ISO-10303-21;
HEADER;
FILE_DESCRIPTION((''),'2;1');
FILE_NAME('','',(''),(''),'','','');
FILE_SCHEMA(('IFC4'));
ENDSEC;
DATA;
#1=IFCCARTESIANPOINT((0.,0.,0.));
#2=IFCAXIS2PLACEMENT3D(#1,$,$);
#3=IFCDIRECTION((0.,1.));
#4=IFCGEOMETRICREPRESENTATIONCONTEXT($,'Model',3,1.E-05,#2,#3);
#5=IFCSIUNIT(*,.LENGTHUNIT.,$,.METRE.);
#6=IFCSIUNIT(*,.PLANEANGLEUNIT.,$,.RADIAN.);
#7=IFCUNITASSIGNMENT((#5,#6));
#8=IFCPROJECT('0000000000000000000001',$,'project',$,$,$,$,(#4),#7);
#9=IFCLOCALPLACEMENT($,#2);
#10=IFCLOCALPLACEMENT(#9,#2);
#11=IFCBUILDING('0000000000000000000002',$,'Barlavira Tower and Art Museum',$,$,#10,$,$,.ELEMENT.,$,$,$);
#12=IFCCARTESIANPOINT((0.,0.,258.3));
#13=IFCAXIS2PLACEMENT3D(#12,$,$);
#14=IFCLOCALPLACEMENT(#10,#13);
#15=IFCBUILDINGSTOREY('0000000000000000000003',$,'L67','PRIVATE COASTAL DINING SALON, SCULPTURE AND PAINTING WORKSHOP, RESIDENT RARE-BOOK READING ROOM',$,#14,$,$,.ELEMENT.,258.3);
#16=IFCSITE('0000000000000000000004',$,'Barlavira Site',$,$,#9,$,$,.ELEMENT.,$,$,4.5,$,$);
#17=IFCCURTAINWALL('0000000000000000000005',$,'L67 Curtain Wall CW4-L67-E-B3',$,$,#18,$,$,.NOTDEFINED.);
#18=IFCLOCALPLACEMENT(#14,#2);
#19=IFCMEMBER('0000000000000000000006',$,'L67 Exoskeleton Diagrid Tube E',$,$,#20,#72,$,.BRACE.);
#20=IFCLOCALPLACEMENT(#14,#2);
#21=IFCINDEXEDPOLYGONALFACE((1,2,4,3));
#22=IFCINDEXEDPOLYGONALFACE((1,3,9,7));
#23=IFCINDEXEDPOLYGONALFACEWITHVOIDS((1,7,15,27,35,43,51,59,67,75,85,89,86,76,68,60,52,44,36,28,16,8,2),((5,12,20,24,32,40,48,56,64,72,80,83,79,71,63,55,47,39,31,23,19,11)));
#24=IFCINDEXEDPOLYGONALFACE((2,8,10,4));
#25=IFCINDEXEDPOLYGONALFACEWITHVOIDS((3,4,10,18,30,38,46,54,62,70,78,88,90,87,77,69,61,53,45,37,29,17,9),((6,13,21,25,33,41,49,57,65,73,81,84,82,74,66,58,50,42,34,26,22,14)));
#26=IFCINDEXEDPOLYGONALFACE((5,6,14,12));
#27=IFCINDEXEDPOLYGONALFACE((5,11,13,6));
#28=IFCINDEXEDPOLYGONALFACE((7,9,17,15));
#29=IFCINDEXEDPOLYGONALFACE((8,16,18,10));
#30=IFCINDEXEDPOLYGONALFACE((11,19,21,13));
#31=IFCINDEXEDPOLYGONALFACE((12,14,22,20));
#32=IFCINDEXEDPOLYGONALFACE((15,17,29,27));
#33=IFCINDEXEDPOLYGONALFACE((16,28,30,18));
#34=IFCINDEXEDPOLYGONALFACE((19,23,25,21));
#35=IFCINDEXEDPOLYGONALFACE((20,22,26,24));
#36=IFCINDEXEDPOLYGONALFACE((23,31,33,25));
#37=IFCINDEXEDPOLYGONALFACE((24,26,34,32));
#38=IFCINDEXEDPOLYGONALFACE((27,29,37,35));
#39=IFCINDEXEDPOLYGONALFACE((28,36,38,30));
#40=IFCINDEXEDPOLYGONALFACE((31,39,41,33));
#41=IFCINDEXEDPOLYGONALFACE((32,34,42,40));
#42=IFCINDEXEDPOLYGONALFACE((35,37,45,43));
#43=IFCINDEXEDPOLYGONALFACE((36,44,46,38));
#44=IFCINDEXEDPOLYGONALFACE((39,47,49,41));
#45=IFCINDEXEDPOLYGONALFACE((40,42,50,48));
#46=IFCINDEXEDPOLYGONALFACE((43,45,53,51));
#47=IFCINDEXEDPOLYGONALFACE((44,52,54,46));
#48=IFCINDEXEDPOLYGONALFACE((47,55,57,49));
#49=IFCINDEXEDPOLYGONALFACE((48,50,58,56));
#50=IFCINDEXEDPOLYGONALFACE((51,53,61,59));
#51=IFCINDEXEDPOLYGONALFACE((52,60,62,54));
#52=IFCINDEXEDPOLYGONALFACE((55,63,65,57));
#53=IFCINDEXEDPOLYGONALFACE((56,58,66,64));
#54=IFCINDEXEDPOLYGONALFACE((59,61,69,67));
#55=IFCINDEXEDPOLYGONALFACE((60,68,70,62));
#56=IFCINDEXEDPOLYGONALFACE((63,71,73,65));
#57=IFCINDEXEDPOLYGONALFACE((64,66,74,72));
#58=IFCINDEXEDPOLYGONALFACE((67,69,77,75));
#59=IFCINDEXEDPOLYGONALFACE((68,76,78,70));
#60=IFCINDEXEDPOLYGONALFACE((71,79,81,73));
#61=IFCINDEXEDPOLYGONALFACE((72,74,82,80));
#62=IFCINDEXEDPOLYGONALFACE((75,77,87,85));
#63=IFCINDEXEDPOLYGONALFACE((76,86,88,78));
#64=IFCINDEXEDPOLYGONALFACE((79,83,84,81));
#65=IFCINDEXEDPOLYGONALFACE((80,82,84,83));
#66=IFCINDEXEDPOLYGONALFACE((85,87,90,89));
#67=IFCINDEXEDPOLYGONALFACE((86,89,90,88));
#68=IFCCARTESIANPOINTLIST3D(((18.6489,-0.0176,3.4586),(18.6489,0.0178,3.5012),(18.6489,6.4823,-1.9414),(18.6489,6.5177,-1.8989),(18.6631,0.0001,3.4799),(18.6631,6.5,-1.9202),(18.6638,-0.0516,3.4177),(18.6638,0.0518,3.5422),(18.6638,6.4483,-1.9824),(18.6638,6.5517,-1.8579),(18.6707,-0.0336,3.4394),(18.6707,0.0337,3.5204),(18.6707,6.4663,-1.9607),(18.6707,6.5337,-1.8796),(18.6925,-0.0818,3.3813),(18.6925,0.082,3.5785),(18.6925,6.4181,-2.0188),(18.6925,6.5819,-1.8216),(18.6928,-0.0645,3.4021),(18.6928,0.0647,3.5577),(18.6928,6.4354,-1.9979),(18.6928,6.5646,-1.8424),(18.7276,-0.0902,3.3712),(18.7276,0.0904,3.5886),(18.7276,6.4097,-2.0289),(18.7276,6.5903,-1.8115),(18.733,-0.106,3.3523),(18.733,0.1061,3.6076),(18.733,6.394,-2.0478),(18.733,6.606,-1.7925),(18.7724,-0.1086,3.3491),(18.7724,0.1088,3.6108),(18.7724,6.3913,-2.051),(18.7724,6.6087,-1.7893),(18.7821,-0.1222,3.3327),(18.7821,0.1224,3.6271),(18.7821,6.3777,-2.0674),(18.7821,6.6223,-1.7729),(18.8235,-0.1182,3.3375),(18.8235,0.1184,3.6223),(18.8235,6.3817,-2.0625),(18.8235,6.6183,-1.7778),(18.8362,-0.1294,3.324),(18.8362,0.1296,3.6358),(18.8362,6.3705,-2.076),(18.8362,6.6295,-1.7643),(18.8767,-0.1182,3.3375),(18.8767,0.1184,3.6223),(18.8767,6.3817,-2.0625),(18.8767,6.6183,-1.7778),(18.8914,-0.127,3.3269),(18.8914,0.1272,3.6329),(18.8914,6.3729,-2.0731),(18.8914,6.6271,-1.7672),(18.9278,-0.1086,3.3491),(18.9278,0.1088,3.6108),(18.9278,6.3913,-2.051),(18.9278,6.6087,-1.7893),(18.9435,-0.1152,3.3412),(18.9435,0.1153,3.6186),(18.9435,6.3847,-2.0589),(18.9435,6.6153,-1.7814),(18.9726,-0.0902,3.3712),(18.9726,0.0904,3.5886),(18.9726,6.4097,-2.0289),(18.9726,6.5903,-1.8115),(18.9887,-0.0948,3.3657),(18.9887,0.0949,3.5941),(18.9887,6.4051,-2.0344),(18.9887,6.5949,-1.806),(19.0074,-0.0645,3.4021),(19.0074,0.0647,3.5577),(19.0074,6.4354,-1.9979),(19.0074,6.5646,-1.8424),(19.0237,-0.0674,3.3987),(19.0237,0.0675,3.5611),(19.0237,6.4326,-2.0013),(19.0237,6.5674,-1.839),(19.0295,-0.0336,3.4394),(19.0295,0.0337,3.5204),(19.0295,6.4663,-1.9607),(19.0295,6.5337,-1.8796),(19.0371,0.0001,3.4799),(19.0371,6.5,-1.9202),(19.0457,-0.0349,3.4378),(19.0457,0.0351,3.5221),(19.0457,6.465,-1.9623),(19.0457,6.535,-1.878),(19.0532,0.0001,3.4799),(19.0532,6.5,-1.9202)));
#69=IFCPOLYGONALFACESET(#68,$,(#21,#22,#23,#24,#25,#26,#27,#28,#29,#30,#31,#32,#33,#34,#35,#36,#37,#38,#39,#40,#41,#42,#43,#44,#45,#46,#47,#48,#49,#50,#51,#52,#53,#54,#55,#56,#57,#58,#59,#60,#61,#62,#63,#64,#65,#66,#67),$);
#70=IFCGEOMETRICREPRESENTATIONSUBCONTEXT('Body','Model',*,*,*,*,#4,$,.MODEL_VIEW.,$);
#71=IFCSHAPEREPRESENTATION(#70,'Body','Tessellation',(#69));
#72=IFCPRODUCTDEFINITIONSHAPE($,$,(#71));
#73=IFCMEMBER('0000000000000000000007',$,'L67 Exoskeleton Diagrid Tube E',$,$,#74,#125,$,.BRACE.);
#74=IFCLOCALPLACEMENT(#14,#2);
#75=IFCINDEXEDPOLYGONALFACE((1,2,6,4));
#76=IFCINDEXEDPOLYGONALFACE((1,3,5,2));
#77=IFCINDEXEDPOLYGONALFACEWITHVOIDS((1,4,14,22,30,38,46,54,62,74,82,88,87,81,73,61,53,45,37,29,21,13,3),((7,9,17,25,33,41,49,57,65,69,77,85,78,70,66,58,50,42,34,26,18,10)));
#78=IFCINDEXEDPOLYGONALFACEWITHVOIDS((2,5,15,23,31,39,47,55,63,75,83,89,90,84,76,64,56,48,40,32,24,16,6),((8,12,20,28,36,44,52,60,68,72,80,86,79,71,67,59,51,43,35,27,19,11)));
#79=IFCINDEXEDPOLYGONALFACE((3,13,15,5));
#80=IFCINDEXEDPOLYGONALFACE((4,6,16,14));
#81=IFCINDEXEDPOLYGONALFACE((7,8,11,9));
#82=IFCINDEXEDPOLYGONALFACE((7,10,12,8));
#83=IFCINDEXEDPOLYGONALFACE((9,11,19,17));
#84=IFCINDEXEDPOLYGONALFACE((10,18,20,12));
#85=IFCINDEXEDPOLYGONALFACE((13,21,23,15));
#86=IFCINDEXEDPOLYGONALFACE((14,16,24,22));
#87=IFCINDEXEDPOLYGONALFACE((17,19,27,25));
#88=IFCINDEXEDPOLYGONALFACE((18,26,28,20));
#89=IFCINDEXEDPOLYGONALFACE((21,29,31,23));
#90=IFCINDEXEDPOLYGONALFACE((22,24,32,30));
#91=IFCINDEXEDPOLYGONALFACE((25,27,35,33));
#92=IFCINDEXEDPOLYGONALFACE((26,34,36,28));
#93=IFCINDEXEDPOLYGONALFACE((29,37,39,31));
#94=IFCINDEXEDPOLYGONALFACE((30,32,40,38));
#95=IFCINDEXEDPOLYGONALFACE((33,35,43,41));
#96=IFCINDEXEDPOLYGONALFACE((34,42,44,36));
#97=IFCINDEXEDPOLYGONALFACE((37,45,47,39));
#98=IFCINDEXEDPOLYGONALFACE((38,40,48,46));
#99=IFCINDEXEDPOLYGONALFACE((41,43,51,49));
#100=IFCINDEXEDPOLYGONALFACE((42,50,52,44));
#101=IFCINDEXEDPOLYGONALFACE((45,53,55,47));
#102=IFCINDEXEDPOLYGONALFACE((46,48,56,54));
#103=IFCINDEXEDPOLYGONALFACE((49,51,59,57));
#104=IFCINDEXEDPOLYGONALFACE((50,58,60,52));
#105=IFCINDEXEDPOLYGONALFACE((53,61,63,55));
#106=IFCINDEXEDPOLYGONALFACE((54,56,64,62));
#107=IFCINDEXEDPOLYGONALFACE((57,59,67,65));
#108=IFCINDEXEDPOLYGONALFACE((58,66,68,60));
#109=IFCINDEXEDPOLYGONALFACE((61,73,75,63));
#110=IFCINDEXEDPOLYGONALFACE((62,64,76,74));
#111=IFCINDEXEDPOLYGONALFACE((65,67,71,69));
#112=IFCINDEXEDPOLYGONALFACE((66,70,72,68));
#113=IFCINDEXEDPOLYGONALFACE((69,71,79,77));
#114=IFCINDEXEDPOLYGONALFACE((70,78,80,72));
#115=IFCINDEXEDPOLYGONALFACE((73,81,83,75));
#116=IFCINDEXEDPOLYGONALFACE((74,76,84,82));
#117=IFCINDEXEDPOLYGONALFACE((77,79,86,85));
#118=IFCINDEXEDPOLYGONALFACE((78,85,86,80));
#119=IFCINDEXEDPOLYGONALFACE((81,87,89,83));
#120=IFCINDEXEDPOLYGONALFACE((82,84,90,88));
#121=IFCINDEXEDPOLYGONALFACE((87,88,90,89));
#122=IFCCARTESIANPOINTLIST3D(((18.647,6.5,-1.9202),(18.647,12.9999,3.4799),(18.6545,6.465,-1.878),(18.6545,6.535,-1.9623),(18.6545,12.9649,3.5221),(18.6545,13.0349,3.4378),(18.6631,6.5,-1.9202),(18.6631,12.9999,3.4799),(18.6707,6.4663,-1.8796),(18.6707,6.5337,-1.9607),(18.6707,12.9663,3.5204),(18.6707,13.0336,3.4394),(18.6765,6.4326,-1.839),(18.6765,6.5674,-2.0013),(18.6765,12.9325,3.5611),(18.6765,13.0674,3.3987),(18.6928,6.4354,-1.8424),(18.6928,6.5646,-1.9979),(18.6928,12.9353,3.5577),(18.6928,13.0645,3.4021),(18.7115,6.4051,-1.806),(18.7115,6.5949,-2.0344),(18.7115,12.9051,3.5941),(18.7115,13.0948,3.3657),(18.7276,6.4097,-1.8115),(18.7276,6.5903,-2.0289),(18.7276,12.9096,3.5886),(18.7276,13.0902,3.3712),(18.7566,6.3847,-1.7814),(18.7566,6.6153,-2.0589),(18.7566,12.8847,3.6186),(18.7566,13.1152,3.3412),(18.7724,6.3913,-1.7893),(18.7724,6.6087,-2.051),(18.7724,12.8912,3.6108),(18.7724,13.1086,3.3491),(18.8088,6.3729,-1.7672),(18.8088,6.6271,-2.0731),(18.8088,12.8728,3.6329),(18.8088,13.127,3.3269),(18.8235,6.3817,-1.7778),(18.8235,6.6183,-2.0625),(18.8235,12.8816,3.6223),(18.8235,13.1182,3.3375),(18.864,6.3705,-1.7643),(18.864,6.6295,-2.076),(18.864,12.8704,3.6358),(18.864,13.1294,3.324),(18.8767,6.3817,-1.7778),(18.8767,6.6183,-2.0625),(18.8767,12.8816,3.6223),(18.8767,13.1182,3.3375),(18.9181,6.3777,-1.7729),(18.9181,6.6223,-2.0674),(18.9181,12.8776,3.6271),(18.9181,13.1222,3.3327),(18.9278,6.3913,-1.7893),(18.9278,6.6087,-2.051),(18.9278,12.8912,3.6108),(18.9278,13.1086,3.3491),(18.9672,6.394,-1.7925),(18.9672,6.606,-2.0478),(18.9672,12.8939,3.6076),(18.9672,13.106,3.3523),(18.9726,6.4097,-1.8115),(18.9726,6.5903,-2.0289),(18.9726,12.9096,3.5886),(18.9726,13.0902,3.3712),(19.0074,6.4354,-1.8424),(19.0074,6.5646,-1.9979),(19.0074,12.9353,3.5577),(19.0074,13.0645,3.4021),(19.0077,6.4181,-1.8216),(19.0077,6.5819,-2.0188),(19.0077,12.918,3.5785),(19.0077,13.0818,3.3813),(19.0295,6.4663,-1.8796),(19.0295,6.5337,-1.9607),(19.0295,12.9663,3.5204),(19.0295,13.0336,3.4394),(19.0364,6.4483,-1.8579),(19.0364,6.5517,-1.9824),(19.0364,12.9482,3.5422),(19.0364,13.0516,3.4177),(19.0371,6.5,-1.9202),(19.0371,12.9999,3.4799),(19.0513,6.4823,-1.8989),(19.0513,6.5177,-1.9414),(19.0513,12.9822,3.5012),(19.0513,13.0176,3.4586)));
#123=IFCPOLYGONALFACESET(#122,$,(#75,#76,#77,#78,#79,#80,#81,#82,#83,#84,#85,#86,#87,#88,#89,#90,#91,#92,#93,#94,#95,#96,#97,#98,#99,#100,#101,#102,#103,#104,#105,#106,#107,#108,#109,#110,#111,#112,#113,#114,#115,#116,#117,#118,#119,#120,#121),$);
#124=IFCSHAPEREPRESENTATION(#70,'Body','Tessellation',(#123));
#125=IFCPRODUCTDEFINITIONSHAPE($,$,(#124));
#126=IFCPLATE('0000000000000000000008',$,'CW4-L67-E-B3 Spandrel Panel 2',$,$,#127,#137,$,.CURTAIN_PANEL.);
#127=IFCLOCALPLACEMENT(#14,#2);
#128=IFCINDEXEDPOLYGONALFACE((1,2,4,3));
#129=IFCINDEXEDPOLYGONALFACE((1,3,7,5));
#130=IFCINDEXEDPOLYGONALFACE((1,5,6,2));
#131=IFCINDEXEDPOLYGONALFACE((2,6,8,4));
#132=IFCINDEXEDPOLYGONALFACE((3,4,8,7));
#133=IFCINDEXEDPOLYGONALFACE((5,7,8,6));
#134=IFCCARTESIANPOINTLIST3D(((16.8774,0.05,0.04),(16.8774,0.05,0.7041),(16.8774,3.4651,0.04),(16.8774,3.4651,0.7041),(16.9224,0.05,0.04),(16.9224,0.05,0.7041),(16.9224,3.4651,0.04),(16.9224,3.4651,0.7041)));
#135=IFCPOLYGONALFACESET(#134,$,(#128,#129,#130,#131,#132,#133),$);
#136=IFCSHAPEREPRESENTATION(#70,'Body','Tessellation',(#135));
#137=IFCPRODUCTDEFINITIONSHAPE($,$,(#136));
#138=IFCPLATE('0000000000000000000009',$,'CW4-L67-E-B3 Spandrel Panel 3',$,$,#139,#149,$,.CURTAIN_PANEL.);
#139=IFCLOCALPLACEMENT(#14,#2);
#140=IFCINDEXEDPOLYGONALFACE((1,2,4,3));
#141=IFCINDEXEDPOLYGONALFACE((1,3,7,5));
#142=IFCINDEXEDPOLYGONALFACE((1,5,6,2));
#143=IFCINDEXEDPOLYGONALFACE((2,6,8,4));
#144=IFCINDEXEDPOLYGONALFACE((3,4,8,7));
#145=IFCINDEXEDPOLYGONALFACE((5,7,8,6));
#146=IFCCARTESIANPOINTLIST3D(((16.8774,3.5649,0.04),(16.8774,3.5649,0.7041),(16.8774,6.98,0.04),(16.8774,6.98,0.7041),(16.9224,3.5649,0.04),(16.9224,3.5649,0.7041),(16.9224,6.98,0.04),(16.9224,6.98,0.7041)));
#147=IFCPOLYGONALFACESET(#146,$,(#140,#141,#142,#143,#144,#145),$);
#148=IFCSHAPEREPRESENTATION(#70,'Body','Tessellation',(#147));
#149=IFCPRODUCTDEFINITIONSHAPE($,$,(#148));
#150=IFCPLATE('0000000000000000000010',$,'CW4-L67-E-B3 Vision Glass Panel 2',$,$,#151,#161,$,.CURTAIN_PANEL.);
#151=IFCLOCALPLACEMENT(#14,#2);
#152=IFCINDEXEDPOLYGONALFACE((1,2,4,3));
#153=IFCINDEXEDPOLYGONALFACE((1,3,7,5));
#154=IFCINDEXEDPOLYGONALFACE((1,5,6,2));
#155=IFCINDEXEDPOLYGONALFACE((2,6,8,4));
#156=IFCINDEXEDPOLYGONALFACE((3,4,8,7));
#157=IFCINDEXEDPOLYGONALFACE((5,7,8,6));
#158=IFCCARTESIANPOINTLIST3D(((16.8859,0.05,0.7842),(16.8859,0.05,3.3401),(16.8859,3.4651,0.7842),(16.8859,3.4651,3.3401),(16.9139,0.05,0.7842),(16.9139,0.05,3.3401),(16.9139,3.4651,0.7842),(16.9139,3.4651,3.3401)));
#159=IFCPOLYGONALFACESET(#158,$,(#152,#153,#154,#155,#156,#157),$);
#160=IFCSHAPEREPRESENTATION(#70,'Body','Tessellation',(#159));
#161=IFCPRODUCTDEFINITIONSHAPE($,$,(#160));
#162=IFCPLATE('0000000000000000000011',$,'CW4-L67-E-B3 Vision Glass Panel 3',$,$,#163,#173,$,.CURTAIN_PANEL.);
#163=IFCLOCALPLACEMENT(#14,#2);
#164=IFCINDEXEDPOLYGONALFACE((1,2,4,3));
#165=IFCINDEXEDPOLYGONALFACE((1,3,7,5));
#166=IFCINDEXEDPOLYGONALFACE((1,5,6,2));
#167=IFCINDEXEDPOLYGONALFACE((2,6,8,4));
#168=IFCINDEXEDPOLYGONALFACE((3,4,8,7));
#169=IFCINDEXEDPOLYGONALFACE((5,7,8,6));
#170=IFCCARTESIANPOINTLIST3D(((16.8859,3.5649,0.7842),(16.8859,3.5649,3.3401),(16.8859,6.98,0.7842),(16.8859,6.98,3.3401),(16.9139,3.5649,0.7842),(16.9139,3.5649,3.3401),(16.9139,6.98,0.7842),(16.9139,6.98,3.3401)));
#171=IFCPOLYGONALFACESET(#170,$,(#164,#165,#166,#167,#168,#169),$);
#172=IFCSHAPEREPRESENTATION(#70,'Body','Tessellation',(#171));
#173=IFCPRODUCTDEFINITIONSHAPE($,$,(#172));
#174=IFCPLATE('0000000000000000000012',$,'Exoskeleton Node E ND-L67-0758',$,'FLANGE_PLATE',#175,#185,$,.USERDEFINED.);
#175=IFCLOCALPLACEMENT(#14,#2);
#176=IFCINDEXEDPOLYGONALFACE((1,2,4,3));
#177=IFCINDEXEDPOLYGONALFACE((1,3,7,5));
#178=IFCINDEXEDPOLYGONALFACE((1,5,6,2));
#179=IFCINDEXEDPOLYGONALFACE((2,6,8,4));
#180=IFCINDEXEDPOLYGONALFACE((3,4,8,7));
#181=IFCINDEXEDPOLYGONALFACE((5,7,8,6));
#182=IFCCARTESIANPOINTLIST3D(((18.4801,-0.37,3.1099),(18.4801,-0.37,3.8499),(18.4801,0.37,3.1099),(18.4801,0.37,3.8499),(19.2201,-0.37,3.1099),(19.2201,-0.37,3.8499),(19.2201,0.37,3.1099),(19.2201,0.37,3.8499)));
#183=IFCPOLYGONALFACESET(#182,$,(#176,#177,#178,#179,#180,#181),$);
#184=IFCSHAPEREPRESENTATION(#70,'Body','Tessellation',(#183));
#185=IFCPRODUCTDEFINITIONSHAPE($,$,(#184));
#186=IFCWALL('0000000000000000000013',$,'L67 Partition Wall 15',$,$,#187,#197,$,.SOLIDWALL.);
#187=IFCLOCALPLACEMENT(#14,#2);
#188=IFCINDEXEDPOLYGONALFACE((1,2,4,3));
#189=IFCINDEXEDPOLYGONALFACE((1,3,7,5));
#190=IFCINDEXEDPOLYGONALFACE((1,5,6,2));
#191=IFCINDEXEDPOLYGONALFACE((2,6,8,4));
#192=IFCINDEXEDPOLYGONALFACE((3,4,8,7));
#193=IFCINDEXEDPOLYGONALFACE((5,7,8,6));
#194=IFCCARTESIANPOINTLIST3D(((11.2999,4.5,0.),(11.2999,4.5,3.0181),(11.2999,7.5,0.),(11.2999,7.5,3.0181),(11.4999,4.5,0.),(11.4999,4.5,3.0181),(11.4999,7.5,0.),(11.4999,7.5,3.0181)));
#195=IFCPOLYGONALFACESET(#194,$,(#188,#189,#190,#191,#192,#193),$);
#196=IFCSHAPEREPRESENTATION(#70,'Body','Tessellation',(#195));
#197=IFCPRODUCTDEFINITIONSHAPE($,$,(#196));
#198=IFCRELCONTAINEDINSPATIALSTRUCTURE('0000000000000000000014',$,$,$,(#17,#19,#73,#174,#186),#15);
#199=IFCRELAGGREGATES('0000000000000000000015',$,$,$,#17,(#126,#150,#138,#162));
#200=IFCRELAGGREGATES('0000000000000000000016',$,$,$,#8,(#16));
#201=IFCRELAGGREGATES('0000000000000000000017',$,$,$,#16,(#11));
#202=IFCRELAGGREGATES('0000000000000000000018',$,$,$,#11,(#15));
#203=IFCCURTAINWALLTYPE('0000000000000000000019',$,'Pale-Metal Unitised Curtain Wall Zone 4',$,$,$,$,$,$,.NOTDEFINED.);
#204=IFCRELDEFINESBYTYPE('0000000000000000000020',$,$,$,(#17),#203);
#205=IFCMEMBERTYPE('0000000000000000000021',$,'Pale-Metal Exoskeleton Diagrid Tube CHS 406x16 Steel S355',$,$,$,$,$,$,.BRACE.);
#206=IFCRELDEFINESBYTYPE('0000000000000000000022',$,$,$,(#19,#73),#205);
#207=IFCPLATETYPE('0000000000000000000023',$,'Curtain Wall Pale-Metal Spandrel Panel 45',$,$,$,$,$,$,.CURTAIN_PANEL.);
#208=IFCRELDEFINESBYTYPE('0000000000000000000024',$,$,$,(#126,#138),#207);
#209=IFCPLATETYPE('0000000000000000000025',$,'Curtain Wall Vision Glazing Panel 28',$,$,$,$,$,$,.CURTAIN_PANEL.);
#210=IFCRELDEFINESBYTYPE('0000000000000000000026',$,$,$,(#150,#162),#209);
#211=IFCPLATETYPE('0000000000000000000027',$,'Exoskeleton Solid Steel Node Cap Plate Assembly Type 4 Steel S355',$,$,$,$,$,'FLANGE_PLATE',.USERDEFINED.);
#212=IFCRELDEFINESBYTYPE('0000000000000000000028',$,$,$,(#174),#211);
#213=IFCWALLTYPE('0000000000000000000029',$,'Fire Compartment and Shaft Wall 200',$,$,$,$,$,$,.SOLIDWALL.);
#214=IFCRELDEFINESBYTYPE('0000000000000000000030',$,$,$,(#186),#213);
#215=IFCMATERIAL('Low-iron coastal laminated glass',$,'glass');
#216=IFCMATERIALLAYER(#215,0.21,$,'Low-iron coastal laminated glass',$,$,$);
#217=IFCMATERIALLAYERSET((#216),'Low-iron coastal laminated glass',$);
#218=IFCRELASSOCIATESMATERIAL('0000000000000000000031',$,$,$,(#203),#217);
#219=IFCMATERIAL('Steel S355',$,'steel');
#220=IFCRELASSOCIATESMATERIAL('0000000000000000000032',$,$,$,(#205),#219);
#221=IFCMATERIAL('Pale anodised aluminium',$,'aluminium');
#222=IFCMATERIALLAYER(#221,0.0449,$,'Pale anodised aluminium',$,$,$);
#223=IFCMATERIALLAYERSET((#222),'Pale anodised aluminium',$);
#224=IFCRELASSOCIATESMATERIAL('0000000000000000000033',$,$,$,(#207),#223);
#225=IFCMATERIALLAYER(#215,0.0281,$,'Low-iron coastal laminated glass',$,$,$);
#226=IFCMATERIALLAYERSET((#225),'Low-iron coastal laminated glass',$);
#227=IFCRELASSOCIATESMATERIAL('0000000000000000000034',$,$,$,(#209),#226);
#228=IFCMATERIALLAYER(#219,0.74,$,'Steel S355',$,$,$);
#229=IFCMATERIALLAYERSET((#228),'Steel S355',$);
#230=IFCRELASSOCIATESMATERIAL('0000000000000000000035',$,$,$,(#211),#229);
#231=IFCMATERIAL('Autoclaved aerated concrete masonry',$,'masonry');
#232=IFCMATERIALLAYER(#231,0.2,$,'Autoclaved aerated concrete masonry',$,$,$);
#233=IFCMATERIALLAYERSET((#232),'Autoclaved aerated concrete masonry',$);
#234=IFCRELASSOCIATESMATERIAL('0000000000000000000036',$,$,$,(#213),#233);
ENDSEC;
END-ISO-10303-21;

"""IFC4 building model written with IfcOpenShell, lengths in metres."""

from ifc_helpers import new_model, si_unit, direction, frame, frame_2d, origin, origin_2d, place, context, subcontext, project, spatial, rectangle, hollow_circle, extrude, material, layer, layer_set, material_profile, profile_set, type_object, element, aggregate, save


model = new_model("IFC4")

# Units and contexts
model_context = context("Model", 3, precision=1e-05, world=origin(), true_north=direction((0.0, 1.0)))
body_context = subcontext(model_context, "Body", "Model", "MODEL_VIEW")
ifc_project = project(units=[si_unit("LENGTHUNIT", "METRE"), si_unit("PLANEANGLEUNIT", "RADIAN")], contexts=[model_context])

# Site, building, storey
site_placement = place(None, origin())
site = spatial("IfcSite", under=ifc_project, at=site_placement, Name="Barlavira Site", CompositionType="ELEMENT", RefElevation=4.5)
building_placement = place(site_placement, origin())
building = spatial("IfcBuilding", under=site, at=building_placement, Name="Barlavira Tower and Art Museum", CompositionType="ELEMENT")
storey_placement = place(building_placement, frame((0.0, 0.0, 258.3)))
storey = spatial("IfcBuildingStorey", under=building, at=storey_placement, Name="L67", Description="PRIVATE COASTAL DINING SALON, SCULPTURE AND PAINTING WORKSHOP, RESIDENT RARE-BOOK READING ROOM", CompositionType="ELEMENT", Elevation=258.3)

# Curtain wall
ifc_material_1 = material(Name="Low-iron coastal laminated glass", Category="glass")
ifc_layer_1 = layer(ifc_material_1, 0.21, Name="Low-iron coastal laminated glass")
ifc_layer_set_1 = layer_set([ifc_layer_1], Name="Low-iron coastal laminated glass")
curtain_wall_type = type_object("IfcCurtainWallType", Name="Pale-Metal Unitised Curtain Wall Zone 4", PredefinedType="NOTDEFINED", material=ifc_layer_set_1)
curtain_wall_placement = place(storey_placement, origin())
curtain_wall = element("IfcCurtainWall", 1, at=curtain_wall_placement, inside=storey, type_object=curtain_wall_type, Name="L67 Curtain Wall CW4-L67-E-B3", PredefinedType="NOTDEFINED")
ifc_material_2 = material(Name="Pale anodised aluminium", Category="aluminium")

# Members
ifc_material_3 = material(Name="Steel S355", Category="steel")
ifc_material_profile_1 = material_profile(ifc_material_3, hollow_circle(Radius=0.2031, WallThickness=0.0161, at=origin_2d()), Name="CHS 406.4x16.0")
ifc_profile_set_1 = profile_set([ifc_material_profile_1], Name="Steel S355")
member_type_1 = type_object("IfcMemberType", Name="Pale-Metal Exoskeleton Diagrid Tube CHS 406x16 Steel S355", PredefinedType="BRACE", material=ifc_profile_set_1)
for number, where, z_axis, x_axis, name in (
    (2, (18.8501, 6.5, -1.9202), (0.0, -0.769182, 0.63903), (1.0, 0.0, 0.0), "L67 Exoskeleton Diagrid Tube E"),
    (3, (18.8501, 6.5, -1.9202), (0.0, 0.769182, 0.63903), (-1.0, 0.0, 0.0), "L67 Exoskeleton Diagrid Tube E"),
):
    element("IfcMember", number, at=place(storey_placement, frame(where, z_axis=z_axis, x_axis=x_axis)), inside=storey, type_object=member_type_1, Name=name, PredefinedType="BRACE", context=body_context, shape_type="SweptSolid", body=[
        extrude(hollow_circle(Radius=0.2031, WallThickness=0.0161, at=origin_2d()), origin(), (0.0, 0.0, 1.0), 8.4504),
    ])

# Plates
ifc_layer_2 = layer(ifc_material_2, 0.0449, Name="Pale anodised aluminium")
ifc_layer_set_2 = layer_set([ifc_layer_2], Name="Pale anodised aluminium")
plate_type_1 = type_object("IfcPlateType", Name="Curtain Wall Pale-Metal Spandrel Panel 45", PredefinedType="CURTAIN_PANEL", material=ifc_layer_set_2)
plate_1_placement = place(storey_placement, frame((16.8999, 1.7576, 0.04), z_axis=(0.0, 0.0, 1.0), x_axis=(0.0, 1.0, 0.0)))
plate_1 = element("IfcPlate", 4, at=plate_1_placement, type_object=plate_type_1, Name="CW4-L67-E-B3 Spandrel Panel 2", PredefinedType="CURTAIN_PANEL", context=body_context, shape_type="SweptSolid", body=[
    extrude(rectangle(XDim=3.415, YDim=0.0449, at=origin_2d()), origin(), (0.0, 0.0, 1.0), 0.6641),
])
plate_2_placement = place(storey_placement, frame((16.8999, 5.2725, 0.04), z_axis=(0.0, 0.0, 1.0), x_axis=(0.0, 1.0, 0.0)))
plate_2 = element("IfcPlate", 5, at=plate_2_placement, type_object=plate_type_1, Name="CW4-L67-E-B3 Spandrel Panel 3", PredefinedType="CURTAIN_PANEL", context=body_context, shape_type="SweptSolid", body=[
    extrude(rectangle(XDim=3.415, YDim=0.0449, at=origin_2d()), origin(), (0.0, 0.0, 1.0), 0.6641),
])
ifc_layer_3 = layer(ifc_material_1, 0.0281, Name="Low-iron coastal laminated glass")
ifc_layer_set_3 = layer_set([ifc_layer_3], Name="Low-iron coastal laminated glass")
plate_type_2 = type_object("IfcPlateType", Name="Curtain Wall Vision Glazing Panel 28", PredefinedType="CURTAIN_PANEL", material=ifc_layer_set_3)
plate_3_placement = place(storey_placement, frame((16.8999, 1.7576, 0.7842), z_axis=(0.0, 0.0, 1.0), x_axis=(0.0, 1.0, 0.0)))
plate_3 = element("IfcPlate", 6, at=plate_3_placement, type_object=plate_type_2, Name="CW4-L67-E-B3 Vision Glass Panel 2", PredefinedType="CURTAIN_PANEL", context=body_context, shape_type="SweptSolid", body=[
    extrude(rectangle(XDim=3.415, YDim=0.0281, at=origin_2d()), origin(), (0.0, 0.0, 1.0), 2.5559),
])
plate_4_placement = place(storey_placement, frame((16.8999, 5.2725, 0.7842), z_axis=(0.0, 0.0, 1.0), x_axis=(0.0, 1.0, 0.0)))
plate_4 = element("IfcPlate", 7, at=plate_4_placement, type_object=plate_type_2, Name="CW4-L67-E-B3 Vision Glass Panel 3", PredefinedType="CURTAIN_PANEL", context=body_context, shape_type="SweptSolid", body=[
    extrude(rectangle(XDim=3.415, YDim=0.0281, at=origin_2d()), origin(), (0.0, 0.0, 1.0), 2.5559),
])
aggregate(curtain_wall, [plate_1, plate_3, plate_2, plate_4])
ifc_layer_4 = layer(ifc_material_3, 0.74, Name="Steel S355")
ifc_layer_set_4 = layer_set([ifc_layer_4], Name="Steel S355")
plate_type_3 = type_object("IfcPlateType", Name="Exoskeleton Solid Steel Node Cap Plate Assembly Type 4 Steel S355", ElementType="FLANGE_PLATE", PredefinedType="USERDEFINED", material=ifc_layer_set_4)
plate_5_placement = place(storey_placement, frame((18.8501, 0.0, 3.1099), z_axis=(0.0, 0.0, 1.0), x_axis=(1.0, 0.0, 0.0)))
element("IfcPlate", 8, at=plate_5_placement, inside=storey, type_object=plate_type_3, Name="Exoskeleton Node E ND-L67-0758", ObjectType="FLANGE_PLATE", PredefinedType="USERDEFINED", context=body_context, shape_type="SweptSolid", body=[
    extrude(rectangle(XDim=0.74, YDim=0.74, at=origin_2d()), origin(), (0.0, 0.0, 1.0), 0.74),
])

# Wall
ifc_material_4 = material(Name="Autoclaved aerated concrete masonry", Category="masonry")
ifc_layer_5 = layer(ifc_material_4, 0.2, Name="Autoclaved aerated concrete masonry")
ifc_layer_set_5 = layer_set([ifc_layer_5], Name="Autoclaved aerated concrete masonry")
wall_type = type_object("IfcWallType", Name="Fire Compartment and Shaft Wall 200", PredefinedType="SOLIDWALL", material=ifc_layer_set_5)
wall_1_placement = place(storey_placement, frame((11.3999, 4.5, 0.0), z_axis=(0.0, 0.0, 1.0), x_axis=(0.0, 1.0, 0.0)))
element("IfcWall", 9, at=wall_1_placement, inside=storey, type_object=wall_type, Name="L67 Partition Wall 15", PredefinedType="SOLIDWALL", context=body_context, shape_type="SweptSolid", body=[
    extrude(rectangle(XDim=3.0, YDim=0.2, at=frame_2d((1.5, 0.0))), origin(), (0.0, 0.0, 1.0), 3.0181),
])

save(model, "model.ifc")
